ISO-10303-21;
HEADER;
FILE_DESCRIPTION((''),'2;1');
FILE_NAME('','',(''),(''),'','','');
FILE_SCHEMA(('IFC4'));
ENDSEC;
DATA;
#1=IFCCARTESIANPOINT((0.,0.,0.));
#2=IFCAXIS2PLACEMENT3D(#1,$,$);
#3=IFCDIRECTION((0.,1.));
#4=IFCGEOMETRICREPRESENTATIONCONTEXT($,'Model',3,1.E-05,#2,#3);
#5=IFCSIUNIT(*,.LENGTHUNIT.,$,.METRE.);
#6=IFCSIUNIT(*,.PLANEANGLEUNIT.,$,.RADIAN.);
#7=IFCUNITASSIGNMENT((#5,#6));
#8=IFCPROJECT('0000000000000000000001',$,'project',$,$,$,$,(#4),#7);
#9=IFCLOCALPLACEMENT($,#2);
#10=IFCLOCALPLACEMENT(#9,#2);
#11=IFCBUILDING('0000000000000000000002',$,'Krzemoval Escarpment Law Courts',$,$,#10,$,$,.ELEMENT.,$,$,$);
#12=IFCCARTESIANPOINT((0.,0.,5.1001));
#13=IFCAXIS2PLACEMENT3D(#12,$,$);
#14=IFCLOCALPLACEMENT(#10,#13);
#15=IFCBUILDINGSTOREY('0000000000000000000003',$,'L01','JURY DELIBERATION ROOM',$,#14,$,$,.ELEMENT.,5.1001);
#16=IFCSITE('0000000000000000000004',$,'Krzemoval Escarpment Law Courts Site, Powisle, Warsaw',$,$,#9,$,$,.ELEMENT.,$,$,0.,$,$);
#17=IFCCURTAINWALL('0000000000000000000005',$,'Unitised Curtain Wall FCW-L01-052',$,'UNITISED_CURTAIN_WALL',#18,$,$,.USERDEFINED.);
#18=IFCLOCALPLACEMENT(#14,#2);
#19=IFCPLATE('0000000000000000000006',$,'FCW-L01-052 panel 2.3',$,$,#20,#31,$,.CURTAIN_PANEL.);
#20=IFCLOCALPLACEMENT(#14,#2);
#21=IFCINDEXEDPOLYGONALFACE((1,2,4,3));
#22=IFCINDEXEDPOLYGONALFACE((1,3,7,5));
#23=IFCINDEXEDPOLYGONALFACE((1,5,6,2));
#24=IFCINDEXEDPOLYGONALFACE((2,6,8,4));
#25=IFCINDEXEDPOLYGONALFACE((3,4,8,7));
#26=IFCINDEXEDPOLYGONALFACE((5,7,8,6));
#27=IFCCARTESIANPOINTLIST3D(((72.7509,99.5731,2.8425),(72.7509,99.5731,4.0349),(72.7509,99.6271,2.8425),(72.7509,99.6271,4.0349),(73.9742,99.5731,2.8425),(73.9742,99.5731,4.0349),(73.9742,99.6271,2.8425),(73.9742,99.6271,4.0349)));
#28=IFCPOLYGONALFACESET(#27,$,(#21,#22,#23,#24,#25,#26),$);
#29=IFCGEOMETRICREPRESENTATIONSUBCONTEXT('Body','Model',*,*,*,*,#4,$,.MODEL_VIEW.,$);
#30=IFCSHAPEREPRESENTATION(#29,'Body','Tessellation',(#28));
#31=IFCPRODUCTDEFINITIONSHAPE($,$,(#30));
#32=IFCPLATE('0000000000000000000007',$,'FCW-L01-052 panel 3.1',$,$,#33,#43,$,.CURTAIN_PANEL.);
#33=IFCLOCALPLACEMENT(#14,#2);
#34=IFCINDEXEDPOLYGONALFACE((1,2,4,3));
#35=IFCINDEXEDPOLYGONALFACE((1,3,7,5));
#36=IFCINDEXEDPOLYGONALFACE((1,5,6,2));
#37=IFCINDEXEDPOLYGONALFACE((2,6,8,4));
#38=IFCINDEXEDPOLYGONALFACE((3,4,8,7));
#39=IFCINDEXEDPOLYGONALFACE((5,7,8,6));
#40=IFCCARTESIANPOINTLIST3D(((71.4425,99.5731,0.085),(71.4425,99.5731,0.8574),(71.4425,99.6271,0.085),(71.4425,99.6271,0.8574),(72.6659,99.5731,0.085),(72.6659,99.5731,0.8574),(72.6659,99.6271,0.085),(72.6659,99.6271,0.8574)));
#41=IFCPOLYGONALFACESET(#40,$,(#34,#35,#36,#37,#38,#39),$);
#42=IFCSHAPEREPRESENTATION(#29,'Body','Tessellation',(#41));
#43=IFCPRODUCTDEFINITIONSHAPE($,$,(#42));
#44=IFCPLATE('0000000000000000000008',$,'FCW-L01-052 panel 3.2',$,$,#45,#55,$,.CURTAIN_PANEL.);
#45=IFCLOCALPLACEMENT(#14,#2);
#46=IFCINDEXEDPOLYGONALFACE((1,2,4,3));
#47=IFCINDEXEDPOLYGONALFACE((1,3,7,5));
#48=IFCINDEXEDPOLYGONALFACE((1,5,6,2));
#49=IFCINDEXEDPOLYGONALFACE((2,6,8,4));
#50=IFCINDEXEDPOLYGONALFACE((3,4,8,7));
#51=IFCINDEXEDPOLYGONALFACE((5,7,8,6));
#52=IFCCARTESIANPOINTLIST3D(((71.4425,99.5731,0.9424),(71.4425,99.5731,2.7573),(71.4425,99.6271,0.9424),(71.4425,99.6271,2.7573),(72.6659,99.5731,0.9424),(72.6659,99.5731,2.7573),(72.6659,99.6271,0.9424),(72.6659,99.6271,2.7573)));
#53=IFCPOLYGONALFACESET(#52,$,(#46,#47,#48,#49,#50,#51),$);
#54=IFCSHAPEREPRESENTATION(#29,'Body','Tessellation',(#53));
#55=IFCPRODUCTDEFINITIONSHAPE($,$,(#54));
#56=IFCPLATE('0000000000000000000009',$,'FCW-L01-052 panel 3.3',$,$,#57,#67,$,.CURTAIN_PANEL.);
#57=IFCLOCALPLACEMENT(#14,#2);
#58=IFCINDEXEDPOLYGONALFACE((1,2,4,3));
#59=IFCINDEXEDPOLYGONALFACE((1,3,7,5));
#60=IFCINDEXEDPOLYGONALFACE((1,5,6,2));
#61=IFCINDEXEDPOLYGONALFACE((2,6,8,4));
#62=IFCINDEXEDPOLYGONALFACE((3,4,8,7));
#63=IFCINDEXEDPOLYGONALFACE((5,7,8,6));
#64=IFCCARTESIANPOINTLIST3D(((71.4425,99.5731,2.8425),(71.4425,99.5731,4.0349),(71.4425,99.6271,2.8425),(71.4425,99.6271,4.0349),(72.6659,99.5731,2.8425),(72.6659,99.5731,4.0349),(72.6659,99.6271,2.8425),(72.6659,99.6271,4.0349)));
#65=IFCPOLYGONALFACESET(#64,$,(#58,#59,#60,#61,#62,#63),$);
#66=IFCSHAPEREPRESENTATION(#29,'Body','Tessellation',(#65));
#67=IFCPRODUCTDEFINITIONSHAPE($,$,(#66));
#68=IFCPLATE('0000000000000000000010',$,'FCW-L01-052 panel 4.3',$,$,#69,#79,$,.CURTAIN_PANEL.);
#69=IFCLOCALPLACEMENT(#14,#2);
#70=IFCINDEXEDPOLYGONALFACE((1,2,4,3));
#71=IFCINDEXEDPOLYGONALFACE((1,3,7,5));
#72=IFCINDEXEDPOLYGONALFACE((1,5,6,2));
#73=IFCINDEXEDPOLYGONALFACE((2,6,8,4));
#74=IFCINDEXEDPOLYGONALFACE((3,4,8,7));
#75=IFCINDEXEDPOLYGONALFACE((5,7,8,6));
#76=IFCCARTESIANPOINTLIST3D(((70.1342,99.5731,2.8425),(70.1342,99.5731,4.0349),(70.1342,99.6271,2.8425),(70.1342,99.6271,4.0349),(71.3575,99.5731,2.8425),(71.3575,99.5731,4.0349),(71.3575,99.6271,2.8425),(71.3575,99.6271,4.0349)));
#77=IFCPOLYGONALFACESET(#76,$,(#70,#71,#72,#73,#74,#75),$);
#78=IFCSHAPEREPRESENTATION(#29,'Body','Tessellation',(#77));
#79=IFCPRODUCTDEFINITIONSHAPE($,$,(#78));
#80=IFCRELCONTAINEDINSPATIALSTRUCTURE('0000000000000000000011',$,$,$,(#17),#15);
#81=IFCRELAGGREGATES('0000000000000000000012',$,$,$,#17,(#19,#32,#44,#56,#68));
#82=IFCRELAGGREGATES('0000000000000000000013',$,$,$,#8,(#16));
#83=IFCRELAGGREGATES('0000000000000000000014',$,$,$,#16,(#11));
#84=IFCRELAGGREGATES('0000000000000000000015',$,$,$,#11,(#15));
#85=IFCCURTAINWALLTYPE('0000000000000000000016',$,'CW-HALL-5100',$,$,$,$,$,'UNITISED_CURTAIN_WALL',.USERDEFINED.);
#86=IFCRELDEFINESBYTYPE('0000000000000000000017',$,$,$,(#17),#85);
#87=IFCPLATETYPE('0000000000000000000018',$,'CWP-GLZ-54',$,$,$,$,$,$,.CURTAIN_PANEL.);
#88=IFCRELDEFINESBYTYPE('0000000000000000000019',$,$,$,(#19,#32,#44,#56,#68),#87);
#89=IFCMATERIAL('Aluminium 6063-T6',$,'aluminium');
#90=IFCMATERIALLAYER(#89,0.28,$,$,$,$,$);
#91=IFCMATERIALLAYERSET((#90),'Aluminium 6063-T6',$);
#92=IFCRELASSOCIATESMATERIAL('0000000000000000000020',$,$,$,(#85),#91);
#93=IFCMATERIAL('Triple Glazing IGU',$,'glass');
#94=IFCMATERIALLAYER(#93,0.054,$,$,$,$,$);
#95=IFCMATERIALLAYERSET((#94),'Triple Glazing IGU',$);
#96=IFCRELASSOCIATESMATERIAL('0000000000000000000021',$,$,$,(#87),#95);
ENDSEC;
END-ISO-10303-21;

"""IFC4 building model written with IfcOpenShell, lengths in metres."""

from ifc_helpers import new_model, si_unit, direction, frame, origin, origin_2d, place, context, subcontext, project, spatial, rectangle, extrude, material, layer, layer_set, type_object, element, aggregate, save


model = new_model("IFC4")

# Units and contexts
model_context = context("Model", 3, precision=1e-05, world=origin(), true_north=direction((0.0, 1.0)))
body_context = subcontext(model_context, "Body", "Model", "MODEL_VIEW")
ifc_project = project(units=[si_unit("LENGTHUNIT", "METRE"), si_unit("PLANEANGLEUNIT", "RADIAN")], contexts=[model_context])

# Site, building, storey
site_placement = place(None, origin())
site = spatial("IfcSite", under=ifc_project, at=site_placement, Name="Krzemoval Escarpment Law Courts Site, Powisle, Warsaw", CompositionType="ELEMENT", RefElevation=0.0)
building_placement = place(site_placement, origin())
building = spatial("IfcBuilding", under=site, at=building_placement, Name="Krzemoval Escarpment Law Courts", CompositionType="ELEMENT")
storey_placement = place(building_placement, frame((0.0, 0.0, 5.1001)))
storey = spatial("IfcBuildingStorey", under=building, at=storey_placement, Name="L01", Description="JURY DELIBERATION ROOM", CompositionType="ELEMENT", Elevation=5.1001)

# Curtain wall
ifc_material_1 = material(Name="Aluminium 6063-T6", Category="aluminium")
ifc_layer_1 = layer(ifc_material_1, 0.28)
ifc_layer_set_1 = layer_set([ifc_layer_1], Name="Aluminium 6063-T6")
curtain_wall_type = type_object("IfcCurtainWallType", Name="CW-HALL-5100", ElementType="UNITISED_CURTAIN_WALL", PredefinedType="USERDEFINED", material=ifc_layer_set_1)
curtain_wall_placement = place(storey_placement, origin())
curtain_wall = element("IfcCurtainWall", 1, at=curtain_wall_placement, inside=storey, type_object=curtain_wall_type, Name="Unitised Curtain Wall FCW-L01-052", ObjectType="UNITISED_CURTAIN_WALL", PredefinedType="USERDEFINED")

# Plates
ifc_material_2 = material(Name="Triple Glazing IGU", Category="glass")
ifc_layer_2 = layer(ifc_material_2, 0.054)
ifc_layer_set_2 = layer_set([ifc_layer_2], Name="Triple Glazing IGU")
plate_type = type_object("IfcPlateType", Name="CWP-GLZ-54", PredefinedType="CURTAIN_PANEL", material=ifc_layer_set_2)
plate_1_placement = place(storey_placement, frame((73.3625, 99.6001, 2.8425), z_axis=(0.0, 0.0, 1.0), x_axis=(-1.0, 0.0, 0.0)))
plate_1 = element("IfcPlate", 2, at=plate_1_placement, type_object=plate_type, Name="FCW-L01-052 panel 2.3", PredefinedType="CURTAIN_PANEL", context=body_context, shape_type="SweptSolid", body=[
    extrude(rectangle(XDim=1.2234, YDim=0.054, at=origin_2d()), origin(), (0.0, 0.0, 1.0), 1.1924),
])
plate_2_placement = place(storey_placement, frame((72.0542, 99.6001, 0.085), z_axis=(0.0, 0.0, 1.0), x_axis=(-1.0, 0.0, 0.0)))
plate_2 = element("IfcPlate", 3, at=plate_2_placement, type_object=plate_type, Name="FCW-L01-052 panel 3.1", PredefinedType="CURTAIN_PANEL", context=body_context, shape_type="SweptSolid", body=[
    extrude(rectangle(XDim=1.2234, YDim=0.054, at=origin_2d()), origin(), (0.0, 0.0, 1.0), 0.7725),
])
plate_3_placement = place(storey_placement, frame((72.0542, 99.6001, 0.9424), z_axis=(0.0, 0.0, 1.0), x_axis=(-1.0, 0.0, 0.0)))
plate_3 = element("IfcPlate", 4, at=plate_3_placement, type_object=plate_type, Name="FCW-L01-052 panel 3.2", PredefinedType="CURTAIN_PANEL", context=body_context, shape_type="SweptSolid", body=[
    extrude(rectangle(XDim=1.2234, YDim=0.054, at=origin_2d()), origin(), (0.0, 0.0, 1.0), 1.8149),
])
plate_4_placement = place(storey_placement, frame((72.0542, 99.6001, 2.8425), z_axis=(0.0, 0.0, 1.0), x_axis=(-1.0, 0.0, 0.0)))
plate_4 = element("IfcPlate", 5, at=plate_4_placement, type_object=plate_type, Name="FCW-L01-052 panel 3.3", PredefinedType="CURTAIN_PANEL", context=body_context, shape_type="SweptSolid", body=[
    extrude(rectangle(XDim=1.2234, YDim=0.054, at=origin_2d()), origin(), (0.0, 0.0, 1.0), 1.1924),
])
plate_5_placement = place(storey_placement, frame((70.7458, 99.6001, 2.8425), z_axis=(0.0, 0.0, 1.0), x_axis=(-1.0, 0.0, 0.0)))
plate_5 = element("IfcPlate", 6, at=plate_5_placement, type_object=plate_type, Name="FCW-L01-052 panel 4.3", PredefinedType="CURTAIN_PANEL", context=body_context, shape_type="SweptSolid", body=[
    extrude(rectangle(XDim=1.2234, YDim=0.054, at=origin_2d()), origin(), (0.0, 0.0, 1.0), 1.1924),
])
aggregate(curtain_wall, [plate_1, plate_2, plate_3, plate_4, plate_5])

save(model, "model.ifc")
